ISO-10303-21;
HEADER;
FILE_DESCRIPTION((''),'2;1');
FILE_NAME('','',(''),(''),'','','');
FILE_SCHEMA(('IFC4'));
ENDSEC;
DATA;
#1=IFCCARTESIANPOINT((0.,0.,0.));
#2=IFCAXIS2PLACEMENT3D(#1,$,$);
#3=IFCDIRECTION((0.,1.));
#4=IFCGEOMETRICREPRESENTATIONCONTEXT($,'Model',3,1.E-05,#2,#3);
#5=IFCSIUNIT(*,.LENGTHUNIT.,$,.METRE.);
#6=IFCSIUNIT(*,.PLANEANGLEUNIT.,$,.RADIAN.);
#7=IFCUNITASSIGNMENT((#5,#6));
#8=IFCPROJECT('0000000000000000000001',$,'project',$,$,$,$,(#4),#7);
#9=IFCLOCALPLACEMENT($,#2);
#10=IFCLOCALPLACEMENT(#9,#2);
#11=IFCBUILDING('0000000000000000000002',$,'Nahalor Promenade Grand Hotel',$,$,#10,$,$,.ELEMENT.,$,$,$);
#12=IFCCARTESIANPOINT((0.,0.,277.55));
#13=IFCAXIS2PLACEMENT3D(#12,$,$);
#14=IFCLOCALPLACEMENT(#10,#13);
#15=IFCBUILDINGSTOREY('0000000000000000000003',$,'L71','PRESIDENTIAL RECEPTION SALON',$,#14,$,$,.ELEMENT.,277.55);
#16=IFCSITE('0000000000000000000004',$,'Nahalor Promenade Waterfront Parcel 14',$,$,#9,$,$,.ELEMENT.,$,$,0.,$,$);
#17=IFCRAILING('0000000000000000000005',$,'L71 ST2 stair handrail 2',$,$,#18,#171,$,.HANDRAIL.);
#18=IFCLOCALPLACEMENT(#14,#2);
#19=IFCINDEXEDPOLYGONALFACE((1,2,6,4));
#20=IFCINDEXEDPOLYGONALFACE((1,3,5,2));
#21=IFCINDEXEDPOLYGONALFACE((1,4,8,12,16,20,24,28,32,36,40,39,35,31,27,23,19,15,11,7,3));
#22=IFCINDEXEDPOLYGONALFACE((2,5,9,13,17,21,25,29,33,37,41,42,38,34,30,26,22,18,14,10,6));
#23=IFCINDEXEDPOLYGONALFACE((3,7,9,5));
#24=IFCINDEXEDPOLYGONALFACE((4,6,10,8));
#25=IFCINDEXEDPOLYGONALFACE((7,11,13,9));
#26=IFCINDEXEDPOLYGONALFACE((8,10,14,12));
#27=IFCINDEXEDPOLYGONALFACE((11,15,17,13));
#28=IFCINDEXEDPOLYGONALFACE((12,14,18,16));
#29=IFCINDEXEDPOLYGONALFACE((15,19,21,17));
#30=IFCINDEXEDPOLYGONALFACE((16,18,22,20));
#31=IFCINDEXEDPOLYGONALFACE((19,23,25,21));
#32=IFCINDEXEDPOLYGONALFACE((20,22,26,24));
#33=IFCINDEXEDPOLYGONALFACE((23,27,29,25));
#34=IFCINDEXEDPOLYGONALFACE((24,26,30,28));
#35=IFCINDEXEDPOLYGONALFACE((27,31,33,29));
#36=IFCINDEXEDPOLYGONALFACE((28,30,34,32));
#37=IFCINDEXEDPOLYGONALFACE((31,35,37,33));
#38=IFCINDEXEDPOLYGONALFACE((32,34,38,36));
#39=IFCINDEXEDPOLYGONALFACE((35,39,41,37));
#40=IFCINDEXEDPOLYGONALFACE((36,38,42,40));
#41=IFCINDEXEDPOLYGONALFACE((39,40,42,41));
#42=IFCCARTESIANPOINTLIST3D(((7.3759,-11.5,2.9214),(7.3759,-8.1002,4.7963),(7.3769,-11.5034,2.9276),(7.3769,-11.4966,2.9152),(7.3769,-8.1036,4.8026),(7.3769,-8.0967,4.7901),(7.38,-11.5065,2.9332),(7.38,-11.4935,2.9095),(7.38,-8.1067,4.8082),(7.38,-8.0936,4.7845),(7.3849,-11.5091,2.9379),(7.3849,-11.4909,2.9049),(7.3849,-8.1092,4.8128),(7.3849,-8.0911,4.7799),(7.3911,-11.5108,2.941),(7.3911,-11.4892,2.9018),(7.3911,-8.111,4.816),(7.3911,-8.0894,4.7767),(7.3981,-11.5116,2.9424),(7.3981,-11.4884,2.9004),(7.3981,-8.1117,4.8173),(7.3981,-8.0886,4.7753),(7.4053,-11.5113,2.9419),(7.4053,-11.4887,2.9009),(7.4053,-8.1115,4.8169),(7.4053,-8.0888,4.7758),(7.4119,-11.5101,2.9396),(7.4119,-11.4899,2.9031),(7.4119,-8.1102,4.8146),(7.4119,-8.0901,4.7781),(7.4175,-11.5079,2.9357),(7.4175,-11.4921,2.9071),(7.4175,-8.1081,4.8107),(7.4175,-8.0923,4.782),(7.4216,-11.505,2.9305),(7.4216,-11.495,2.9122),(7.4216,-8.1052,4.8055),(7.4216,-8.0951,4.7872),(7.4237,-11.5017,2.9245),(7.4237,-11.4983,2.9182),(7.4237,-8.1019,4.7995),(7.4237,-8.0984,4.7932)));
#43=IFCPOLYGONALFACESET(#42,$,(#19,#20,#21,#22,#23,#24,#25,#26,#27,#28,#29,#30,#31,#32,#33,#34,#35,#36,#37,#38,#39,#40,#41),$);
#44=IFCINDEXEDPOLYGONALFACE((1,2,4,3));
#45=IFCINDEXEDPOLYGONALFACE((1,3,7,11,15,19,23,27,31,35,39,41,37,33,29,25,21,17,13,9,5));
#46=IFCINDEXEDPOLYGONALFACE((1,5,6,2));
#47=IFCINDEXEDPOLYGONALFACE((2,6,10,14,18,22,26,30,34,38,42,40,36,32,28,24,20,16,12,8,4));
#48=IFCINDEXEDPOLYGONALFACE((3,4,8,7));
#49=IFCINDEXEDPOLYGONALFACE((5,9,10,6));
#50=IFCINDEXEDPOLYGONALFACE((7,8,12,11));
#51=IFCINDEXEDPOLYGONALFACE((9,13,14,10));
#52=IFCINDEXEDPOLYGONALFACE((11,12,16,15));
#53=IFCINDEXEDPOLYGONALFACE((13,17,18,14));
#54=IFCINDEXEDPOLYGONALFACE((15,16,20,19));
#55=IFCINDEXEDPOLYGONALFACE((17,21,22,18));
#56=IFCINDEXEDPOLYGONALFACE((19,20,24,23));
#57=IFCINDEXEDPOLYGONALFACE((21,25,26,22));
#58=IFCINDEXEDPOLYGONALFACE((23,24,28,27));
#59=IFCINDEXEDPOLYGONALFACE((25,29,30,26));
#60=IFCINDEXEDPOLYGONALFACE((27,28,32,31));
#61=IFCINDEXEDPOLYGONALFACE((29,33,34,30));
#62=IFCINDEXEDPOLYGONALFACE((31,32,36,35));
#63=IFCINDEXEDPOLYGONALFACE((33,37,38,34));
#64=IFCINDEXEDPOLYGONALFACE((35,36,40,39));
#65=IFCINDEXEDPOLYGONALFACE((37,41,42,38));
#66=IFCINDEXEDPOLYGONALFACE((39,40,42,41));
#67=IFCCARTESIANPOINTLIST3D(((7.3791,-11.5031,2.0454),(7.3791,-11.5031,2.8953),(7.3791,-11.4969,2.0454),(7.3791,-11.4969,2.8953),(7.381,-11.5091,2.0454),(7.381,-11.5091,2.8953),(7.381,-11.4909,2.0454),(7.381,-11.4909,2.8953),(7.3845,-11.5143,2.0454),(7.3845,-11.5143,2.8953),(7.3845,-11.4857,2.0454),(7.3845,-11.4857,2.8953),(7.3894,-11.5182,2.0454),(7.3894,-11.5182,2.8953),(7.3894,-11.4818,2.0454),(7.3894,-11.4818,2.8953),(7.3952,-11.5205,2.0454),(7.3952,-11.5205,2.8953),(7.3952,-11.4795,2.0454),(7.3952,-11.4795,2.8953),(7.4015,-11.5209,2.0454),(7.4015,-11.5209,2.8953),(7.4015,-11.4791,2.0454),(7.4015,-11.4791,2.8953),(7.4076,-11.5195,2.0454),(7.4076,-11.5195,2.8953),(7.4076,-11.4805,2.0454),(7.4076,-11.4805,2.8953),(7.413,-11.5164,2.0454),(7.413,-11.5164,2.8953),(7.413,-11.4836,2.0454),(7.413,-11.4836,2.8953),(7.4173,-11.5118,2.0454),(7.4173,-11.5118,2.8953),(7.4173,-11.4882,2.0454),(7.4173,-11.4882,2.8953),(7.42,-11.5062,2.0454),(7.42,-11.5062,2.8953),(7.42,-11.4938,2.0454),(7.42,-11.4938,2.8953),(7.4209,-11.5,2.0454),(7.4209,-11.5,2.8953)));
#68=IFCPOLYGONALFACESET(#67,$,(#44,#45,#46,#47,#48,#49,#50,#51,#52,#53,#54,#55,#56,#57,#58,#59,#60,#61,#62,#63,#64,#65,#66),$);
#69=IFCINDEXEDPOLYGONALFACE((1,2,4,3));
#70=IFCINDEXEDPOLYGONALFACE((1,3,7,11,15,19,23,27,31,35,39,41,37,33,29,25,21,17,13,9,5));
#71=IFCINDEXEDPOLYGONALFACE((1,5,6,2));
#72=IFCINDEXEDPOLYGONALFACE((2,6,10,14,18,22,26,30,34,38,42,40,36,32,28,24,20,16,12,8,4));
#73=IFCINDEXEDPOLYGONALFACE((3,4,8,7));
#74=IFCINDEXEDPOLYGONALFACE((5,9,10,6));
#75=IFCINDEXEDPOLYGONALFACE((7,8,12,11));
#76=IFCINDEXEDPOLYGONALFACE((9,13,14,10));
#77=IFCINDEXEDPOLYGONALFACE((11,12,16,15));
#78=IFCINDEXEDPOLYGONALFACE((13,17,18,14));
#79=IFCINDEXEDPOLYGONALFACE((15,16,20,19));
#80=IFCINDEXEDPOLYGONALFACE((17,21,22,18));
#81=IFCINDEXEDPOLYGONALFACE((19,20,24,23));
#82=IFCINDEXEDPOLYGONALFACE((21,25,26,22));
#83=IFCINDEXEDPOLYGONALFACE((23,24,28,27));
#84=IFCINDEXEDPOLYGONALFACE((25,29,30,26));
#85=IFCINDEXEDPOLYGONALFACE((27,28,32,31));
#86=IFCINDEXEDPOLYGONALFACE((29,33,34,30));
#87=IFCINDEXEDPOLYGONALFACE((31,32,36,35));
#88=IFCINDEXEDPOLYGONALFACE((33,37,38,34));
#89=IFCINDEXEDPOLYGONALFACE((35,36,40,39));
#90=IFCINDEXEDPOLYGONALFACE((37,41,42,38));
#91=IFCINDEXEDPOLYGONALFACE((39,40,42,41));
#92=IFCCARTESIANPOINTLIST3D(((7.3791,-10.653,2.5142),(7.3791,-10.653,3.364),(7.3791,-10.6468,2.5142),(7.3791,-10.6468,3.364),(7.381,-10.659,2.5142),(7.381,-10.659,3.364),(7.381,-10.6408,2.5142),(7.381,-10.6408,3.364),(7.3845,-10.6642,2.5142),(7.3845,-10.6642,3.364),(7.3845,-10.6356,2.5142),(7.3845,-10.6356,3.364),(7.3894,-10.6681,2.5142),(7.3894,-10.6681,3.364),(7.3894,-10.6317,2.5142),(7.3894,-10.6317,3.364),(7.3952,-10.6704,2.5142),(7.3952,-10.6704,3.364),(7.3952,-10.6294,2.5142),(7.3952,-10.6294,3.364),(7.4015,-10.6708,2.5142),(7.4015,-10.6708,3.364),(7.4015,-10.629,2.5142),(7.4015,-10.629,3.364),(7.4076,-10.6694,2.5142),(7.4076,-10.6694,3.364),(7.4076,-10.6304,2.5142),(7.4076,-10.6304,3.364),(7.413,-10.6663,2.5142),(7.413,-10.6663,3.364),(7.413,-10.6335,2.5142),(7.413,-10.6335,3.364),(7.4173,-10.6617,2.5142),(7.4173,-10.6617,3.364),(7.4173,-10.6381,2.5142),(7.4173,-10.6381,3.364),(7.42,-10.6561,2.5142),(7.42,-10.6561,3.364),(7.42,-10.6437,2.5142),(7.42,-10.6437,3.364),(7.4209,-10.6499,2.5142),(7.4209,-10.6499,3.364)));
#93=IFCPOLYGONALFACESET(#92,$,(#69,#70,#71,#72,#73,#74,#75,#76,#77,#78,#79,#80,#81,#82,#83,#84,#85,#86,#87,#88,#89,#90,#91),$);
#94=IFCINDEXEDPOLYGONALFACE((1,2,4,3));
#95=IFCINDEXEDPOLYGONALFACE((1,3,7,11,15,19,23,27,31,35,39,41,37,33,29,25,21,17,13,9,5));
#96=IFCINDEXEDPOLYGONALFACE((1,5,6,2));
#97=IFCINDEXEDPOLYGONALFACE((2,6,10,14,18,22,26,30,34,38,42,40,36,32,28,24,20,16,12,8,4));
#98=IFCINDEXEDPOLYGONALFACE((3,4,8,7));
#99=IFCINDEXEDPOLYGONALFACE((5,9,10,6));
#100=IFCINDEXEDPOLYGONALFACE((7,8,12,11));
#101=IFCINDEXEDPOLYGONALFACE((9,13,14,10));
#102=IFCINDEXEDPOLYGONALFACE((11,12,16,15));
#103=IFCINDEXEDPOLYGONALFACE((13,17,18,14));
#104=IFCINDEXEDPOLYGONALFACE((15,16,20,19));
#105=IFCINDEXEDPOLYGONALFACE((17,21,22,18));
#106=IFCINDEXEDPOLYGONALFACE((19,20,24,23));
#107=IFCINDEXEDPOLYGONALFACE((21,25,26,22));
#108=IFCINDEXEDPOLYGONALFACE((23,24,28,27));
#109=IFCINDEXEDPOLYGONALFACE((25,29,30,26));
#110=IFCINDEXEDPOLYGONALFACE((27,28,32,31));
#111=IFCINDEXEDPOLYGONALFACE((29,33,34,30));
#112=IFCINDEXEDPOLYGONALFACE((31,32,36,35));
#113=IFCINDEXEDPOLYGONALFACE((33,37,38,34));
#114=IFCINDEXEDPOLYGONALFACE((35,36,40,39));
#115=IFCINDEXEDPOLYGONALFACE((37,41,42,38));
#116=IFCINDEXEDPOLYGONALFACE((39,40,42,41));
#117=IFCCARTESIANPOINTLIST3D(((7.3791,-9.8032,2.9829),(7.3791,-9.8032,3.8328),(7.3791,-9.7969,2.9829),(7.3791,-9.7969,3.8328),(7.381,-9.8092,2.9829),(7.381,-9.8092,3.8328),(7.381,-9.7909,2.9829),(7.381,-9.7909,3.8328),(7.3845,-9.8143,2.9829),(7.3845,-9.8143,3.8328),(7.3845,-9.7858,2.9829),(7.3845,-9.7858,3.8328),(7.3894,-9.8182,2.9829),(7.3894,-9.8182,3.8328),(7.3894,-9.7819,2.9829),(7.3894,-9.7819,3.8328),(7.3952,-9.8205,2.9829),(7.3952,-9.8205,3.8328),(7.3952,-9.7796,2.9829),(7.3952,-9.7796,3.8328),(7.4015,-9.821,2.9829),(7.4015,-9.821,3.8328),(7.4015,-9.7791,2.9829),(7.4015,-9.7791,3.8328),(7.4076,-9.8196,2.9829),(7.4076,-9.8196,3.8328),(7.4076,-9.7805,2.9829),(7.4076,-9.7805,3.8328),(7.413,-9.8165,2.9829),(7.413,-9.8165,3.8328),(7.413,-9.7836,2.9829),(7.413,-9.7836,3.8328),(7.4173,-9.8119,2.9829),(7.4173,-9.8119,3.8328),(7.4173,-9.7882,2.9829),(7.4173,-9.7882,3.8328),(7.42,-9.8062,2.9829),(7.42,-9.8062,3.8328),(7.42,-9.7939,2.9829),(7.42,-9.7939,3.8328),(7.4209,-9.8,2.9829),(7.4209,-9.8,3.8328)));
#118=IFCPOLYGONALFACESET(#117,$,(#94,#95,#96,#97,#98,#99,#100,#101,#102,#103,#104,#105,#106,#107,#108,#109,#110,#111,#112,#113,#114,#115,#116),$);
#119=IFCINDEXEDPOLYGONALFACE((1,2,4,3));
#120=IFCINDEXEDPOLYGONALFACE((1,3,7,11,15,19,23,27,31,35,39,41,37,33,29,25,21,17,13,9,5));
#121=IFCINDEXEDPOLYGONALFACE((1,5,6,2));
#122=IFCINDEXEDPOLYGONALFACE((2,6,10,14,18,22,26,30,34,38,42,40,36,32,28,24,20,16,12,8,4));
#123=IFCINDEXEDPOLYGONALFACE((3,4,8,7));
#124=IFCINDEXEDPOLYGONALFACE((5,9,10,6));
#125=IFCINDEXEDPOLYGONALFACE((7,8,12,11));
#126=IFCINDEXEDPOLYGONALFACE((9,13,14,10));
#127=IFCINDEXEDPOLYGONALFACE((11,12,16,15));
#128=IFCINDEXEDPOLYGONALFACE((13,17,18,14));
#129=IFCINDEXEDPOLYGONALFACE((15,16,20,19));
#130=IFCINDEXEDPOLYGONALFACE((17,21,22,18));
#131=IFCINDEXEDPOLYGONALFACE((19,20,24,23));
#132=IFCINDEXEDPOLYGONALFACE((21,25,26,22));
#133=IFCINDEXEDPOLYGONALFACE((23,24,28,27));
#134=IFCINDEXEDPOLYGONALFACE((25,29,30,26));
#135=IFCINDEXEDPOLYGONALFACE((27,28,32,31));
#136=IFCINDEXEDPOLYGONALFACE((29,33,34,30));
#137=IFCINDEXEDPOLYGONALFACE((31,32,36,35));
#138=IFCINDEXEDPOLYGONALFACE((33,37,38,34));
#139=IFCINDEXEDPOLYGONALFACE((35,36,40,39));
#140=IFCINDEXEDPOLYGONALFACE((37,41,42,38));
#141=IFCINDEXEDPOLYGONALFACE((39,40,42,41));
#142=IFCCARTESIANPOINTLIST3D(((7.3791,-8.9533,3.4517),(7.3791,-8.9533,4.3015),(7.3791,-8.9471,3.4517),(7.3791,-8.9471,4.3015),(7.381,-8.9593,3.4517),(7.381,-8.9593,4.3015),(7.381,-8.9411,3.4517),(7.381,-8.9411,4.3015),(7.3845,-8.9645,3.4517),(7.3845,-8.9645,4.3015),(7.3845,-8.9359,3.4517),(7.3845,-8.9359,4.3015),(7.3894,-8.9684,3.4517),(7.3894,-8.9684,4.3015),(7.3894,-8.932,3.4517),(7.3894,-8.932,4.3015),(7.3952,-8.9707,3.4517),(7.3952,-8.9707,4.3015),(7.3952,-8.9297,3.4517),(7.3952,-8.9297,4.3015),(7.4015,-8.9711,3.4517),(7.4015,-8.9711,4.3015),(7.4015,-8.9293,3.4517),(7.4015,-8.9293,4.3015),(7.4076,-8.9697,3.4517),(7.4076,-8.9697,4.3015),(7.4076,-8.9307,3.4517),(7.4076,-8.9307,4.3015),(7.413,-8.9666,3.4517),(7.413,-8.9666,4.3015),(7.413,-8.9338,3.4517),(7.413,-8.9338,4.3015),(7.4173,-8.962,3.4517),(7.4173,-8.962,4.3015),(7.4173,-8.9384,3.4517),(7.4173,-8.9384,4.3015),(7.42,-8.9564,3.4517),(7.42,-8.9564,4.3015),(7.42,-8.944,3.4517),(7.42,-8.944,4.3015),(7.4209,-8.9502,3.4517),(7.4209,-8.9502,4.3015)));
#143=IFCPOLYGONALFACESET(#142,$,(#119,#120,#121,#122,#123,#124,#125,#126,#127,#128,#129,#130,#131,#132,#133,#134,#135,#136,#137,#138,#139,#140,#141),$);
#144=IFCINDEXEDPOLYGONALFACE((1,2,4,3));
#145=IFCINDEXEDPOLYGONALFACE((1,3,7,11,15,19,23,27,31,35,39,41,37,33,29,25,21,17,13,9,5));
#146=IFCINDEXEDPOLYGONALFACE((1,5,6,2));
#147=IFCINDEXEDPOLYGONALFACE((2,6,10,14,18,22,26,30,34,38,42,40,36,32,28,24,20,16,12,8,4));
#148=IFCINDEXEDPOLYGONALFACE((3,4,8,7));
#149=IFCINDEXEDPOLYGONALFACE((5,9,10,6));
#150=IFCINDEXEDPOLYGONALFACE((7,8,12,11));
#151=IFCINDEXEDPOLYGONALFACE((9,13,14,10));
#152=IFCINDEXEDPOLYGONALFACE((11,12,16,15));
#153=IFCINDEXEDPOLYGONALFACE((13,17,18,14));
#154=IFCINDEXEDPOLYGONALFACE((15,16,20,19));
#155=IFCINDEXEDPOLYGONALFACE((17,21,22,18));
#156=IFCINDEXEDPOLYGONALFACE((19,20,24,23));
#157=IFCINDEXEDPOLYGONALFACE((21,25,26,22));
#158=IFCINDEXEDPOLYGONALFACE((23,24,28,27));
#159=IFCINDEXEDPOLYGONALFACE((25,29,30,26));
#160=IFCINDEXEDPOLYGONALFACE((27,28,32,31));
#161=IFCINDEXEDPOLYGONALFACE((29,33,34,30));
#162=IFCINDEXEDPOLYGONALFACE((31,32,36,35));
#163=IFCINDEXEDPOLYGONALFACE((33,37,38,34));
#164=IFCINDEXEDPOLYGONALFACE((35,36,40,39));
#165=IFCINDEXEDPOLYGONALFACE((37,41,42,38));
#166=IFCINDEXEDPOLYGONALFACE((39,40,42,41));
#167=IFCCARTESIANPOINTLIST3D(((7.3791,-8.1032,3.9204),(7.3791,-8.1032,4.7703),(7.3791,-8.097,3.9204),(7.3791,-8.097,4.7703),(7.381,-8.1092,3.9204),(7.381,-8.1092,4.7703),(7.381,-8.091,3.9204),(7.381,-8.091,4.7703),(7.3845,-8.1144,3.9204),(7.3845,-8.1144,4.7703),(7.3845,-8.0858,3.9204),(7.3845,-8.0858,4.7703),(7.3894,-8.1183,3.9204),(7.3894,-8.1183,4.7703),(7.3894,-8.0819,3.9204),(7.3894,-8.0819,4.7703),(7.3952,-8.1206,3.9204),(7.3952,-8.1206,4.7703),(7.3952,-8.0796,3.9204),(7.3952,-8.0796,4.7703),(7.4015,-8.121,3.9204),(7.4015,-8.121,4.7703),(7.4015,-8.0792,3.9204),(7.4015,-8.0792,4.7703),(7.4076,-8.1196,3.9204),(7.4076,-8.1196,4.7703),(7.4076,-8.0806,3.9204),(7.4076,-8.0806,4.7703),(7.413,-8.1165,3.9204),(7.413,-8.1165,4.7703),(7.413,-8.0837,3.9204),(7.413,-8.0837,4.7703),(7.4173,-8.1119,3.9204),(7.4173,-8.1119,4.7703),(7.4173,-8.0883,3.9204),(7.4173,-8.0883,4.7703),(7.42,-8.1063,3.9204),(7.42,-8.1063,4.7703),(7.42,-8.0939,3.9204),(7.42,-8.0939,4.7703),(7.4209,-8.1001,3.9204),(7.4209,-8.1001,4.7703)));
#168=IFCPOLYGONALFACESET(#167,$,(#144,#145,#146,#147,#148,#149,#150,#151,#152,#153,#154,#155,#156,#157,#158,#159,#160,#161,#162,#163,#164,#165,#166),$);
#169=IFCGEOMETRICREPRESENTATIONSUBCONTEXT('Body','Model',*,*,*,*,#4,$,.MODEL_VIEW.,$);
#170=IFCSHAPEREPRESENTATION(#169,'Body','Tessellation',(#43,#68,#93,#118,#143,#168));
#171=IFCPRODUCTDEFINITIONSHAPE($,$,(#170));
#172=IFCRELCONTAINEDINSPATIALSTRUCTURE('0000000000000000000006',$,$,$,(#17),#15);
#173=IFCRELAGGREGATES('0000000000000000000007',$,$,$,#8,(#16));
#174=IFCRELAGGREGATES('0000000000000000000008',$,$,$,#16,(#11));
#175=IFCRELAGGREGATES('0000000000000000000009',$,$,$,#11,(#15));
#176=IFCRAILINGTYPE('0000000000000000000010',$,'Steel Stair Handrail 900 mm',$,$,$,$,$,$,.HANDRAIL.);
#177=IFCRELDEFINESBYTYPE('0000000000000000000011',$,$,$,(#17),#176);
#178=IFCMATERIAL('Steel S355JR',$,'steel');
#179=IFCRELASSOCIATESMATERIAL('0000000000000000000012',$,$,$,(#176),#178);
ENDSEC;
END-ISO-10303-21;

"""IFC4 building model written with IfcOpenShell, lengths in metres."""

from ifc_helpers import new_model, si_unit, direction, frame, origin, origin_2d, place, context, subcontext, project, spatial, circle, extrude, material, type_object, element, save


model = new_model("IFC4")

# Units and contexts
model_context = context("Model", 3, precision=1e-05, world=origin(), true_north=direction((0.0, 1.0)))
body_context = subcontext(model_context, "Body", "Model", "MODEL_VIEW")
ifc_project = project(units=[si_unit("LENGTHUNIT", "METRE"), si_unit("PLANEANGLEUNIT", "RADIAN")], contexts=[model_context])

# Site, building, storey
site_placement = place(None, origin())
site = spatial("IfcSite", under=ifc_project, at=site_placement, Name="Nahalor Promenade Waterfront Parcel 14", CompositionType="ELEMENT", RefElevation=0.0)
building_placement = place(site_placement, origin())
building = spatial("IfcBuilding", under=site, at=building_placement, Name="Nahalor Promenade Grand Hotel", CompositionType="ELEMENT")
storey_placement = place(building_placement, frame((0.0, 0.0, 277.55)))
storey = spatial("IfcBuildingStorey", under=building, at=storey_placement, Name="L71", Description="PRESIDENTIAL RECEPTION SALON", CompositionType="ELEMENT", Elevation=277.55)

# Shared definitions
ifc_material_1 = material(Name="Steel S355JR", Category="steel")

# Railing
railing_type_1 = type_object("IfcRailingType", Name="Steel Stair Handrail 900 mm", PredefinedType="HANDRAIL", material=ifc_material_1)
railing_1_placement = place(storey_placement, frame((7.3999, -11.5, 2.0454)))
element("IfcRailing", 1, at=railing_1_placement, inside=storey, type_object=railing_type_1, Name="L71 ST2 stair handrail 2", PredefinedType="HANDRAIL", context=body_context, shape_type="SweptSolid", body=[
    extrude(circle(Radius=0.024, at=origin_2d()), frame((0.0, 0.0, 0.876), z_axis=(0.0, 0.875666, 0.482918), x_axis=(-1.0, 0.0, 0.0)), (0.0, 0.0, 1.0), 3.8826),
    extrude(circle(Radius=0.021, at=origin_2d()), origin(), (0.0, 0.0, 1.0), 0.8499),
    extrude(circle(Radius=0.021, at=origin_2d()), frame((0.0, 0.8501, 0.4688)), (0.0, 0.0, 1.0), 0.8499),
    extrude(circle(Radius=0.021, at=origin_2d()), frame((0.0, 1.7, 0.9375)), (0.0, 0.0, 1.0), 0.8499),
    extrude(circle(Radius=0.021, at=origin_2d()), frame((0.0, 2.5498, 1.4062)), (0.0, 0.0, 1.0), 0.8499),
    extrude(circle(Radius=0.021, at=origin_2d()), frame((0.0, 3.3999, 1.875)), (0.0, 0.0, 1.0), 0.8499),
])

save(model, "model.ifc")
